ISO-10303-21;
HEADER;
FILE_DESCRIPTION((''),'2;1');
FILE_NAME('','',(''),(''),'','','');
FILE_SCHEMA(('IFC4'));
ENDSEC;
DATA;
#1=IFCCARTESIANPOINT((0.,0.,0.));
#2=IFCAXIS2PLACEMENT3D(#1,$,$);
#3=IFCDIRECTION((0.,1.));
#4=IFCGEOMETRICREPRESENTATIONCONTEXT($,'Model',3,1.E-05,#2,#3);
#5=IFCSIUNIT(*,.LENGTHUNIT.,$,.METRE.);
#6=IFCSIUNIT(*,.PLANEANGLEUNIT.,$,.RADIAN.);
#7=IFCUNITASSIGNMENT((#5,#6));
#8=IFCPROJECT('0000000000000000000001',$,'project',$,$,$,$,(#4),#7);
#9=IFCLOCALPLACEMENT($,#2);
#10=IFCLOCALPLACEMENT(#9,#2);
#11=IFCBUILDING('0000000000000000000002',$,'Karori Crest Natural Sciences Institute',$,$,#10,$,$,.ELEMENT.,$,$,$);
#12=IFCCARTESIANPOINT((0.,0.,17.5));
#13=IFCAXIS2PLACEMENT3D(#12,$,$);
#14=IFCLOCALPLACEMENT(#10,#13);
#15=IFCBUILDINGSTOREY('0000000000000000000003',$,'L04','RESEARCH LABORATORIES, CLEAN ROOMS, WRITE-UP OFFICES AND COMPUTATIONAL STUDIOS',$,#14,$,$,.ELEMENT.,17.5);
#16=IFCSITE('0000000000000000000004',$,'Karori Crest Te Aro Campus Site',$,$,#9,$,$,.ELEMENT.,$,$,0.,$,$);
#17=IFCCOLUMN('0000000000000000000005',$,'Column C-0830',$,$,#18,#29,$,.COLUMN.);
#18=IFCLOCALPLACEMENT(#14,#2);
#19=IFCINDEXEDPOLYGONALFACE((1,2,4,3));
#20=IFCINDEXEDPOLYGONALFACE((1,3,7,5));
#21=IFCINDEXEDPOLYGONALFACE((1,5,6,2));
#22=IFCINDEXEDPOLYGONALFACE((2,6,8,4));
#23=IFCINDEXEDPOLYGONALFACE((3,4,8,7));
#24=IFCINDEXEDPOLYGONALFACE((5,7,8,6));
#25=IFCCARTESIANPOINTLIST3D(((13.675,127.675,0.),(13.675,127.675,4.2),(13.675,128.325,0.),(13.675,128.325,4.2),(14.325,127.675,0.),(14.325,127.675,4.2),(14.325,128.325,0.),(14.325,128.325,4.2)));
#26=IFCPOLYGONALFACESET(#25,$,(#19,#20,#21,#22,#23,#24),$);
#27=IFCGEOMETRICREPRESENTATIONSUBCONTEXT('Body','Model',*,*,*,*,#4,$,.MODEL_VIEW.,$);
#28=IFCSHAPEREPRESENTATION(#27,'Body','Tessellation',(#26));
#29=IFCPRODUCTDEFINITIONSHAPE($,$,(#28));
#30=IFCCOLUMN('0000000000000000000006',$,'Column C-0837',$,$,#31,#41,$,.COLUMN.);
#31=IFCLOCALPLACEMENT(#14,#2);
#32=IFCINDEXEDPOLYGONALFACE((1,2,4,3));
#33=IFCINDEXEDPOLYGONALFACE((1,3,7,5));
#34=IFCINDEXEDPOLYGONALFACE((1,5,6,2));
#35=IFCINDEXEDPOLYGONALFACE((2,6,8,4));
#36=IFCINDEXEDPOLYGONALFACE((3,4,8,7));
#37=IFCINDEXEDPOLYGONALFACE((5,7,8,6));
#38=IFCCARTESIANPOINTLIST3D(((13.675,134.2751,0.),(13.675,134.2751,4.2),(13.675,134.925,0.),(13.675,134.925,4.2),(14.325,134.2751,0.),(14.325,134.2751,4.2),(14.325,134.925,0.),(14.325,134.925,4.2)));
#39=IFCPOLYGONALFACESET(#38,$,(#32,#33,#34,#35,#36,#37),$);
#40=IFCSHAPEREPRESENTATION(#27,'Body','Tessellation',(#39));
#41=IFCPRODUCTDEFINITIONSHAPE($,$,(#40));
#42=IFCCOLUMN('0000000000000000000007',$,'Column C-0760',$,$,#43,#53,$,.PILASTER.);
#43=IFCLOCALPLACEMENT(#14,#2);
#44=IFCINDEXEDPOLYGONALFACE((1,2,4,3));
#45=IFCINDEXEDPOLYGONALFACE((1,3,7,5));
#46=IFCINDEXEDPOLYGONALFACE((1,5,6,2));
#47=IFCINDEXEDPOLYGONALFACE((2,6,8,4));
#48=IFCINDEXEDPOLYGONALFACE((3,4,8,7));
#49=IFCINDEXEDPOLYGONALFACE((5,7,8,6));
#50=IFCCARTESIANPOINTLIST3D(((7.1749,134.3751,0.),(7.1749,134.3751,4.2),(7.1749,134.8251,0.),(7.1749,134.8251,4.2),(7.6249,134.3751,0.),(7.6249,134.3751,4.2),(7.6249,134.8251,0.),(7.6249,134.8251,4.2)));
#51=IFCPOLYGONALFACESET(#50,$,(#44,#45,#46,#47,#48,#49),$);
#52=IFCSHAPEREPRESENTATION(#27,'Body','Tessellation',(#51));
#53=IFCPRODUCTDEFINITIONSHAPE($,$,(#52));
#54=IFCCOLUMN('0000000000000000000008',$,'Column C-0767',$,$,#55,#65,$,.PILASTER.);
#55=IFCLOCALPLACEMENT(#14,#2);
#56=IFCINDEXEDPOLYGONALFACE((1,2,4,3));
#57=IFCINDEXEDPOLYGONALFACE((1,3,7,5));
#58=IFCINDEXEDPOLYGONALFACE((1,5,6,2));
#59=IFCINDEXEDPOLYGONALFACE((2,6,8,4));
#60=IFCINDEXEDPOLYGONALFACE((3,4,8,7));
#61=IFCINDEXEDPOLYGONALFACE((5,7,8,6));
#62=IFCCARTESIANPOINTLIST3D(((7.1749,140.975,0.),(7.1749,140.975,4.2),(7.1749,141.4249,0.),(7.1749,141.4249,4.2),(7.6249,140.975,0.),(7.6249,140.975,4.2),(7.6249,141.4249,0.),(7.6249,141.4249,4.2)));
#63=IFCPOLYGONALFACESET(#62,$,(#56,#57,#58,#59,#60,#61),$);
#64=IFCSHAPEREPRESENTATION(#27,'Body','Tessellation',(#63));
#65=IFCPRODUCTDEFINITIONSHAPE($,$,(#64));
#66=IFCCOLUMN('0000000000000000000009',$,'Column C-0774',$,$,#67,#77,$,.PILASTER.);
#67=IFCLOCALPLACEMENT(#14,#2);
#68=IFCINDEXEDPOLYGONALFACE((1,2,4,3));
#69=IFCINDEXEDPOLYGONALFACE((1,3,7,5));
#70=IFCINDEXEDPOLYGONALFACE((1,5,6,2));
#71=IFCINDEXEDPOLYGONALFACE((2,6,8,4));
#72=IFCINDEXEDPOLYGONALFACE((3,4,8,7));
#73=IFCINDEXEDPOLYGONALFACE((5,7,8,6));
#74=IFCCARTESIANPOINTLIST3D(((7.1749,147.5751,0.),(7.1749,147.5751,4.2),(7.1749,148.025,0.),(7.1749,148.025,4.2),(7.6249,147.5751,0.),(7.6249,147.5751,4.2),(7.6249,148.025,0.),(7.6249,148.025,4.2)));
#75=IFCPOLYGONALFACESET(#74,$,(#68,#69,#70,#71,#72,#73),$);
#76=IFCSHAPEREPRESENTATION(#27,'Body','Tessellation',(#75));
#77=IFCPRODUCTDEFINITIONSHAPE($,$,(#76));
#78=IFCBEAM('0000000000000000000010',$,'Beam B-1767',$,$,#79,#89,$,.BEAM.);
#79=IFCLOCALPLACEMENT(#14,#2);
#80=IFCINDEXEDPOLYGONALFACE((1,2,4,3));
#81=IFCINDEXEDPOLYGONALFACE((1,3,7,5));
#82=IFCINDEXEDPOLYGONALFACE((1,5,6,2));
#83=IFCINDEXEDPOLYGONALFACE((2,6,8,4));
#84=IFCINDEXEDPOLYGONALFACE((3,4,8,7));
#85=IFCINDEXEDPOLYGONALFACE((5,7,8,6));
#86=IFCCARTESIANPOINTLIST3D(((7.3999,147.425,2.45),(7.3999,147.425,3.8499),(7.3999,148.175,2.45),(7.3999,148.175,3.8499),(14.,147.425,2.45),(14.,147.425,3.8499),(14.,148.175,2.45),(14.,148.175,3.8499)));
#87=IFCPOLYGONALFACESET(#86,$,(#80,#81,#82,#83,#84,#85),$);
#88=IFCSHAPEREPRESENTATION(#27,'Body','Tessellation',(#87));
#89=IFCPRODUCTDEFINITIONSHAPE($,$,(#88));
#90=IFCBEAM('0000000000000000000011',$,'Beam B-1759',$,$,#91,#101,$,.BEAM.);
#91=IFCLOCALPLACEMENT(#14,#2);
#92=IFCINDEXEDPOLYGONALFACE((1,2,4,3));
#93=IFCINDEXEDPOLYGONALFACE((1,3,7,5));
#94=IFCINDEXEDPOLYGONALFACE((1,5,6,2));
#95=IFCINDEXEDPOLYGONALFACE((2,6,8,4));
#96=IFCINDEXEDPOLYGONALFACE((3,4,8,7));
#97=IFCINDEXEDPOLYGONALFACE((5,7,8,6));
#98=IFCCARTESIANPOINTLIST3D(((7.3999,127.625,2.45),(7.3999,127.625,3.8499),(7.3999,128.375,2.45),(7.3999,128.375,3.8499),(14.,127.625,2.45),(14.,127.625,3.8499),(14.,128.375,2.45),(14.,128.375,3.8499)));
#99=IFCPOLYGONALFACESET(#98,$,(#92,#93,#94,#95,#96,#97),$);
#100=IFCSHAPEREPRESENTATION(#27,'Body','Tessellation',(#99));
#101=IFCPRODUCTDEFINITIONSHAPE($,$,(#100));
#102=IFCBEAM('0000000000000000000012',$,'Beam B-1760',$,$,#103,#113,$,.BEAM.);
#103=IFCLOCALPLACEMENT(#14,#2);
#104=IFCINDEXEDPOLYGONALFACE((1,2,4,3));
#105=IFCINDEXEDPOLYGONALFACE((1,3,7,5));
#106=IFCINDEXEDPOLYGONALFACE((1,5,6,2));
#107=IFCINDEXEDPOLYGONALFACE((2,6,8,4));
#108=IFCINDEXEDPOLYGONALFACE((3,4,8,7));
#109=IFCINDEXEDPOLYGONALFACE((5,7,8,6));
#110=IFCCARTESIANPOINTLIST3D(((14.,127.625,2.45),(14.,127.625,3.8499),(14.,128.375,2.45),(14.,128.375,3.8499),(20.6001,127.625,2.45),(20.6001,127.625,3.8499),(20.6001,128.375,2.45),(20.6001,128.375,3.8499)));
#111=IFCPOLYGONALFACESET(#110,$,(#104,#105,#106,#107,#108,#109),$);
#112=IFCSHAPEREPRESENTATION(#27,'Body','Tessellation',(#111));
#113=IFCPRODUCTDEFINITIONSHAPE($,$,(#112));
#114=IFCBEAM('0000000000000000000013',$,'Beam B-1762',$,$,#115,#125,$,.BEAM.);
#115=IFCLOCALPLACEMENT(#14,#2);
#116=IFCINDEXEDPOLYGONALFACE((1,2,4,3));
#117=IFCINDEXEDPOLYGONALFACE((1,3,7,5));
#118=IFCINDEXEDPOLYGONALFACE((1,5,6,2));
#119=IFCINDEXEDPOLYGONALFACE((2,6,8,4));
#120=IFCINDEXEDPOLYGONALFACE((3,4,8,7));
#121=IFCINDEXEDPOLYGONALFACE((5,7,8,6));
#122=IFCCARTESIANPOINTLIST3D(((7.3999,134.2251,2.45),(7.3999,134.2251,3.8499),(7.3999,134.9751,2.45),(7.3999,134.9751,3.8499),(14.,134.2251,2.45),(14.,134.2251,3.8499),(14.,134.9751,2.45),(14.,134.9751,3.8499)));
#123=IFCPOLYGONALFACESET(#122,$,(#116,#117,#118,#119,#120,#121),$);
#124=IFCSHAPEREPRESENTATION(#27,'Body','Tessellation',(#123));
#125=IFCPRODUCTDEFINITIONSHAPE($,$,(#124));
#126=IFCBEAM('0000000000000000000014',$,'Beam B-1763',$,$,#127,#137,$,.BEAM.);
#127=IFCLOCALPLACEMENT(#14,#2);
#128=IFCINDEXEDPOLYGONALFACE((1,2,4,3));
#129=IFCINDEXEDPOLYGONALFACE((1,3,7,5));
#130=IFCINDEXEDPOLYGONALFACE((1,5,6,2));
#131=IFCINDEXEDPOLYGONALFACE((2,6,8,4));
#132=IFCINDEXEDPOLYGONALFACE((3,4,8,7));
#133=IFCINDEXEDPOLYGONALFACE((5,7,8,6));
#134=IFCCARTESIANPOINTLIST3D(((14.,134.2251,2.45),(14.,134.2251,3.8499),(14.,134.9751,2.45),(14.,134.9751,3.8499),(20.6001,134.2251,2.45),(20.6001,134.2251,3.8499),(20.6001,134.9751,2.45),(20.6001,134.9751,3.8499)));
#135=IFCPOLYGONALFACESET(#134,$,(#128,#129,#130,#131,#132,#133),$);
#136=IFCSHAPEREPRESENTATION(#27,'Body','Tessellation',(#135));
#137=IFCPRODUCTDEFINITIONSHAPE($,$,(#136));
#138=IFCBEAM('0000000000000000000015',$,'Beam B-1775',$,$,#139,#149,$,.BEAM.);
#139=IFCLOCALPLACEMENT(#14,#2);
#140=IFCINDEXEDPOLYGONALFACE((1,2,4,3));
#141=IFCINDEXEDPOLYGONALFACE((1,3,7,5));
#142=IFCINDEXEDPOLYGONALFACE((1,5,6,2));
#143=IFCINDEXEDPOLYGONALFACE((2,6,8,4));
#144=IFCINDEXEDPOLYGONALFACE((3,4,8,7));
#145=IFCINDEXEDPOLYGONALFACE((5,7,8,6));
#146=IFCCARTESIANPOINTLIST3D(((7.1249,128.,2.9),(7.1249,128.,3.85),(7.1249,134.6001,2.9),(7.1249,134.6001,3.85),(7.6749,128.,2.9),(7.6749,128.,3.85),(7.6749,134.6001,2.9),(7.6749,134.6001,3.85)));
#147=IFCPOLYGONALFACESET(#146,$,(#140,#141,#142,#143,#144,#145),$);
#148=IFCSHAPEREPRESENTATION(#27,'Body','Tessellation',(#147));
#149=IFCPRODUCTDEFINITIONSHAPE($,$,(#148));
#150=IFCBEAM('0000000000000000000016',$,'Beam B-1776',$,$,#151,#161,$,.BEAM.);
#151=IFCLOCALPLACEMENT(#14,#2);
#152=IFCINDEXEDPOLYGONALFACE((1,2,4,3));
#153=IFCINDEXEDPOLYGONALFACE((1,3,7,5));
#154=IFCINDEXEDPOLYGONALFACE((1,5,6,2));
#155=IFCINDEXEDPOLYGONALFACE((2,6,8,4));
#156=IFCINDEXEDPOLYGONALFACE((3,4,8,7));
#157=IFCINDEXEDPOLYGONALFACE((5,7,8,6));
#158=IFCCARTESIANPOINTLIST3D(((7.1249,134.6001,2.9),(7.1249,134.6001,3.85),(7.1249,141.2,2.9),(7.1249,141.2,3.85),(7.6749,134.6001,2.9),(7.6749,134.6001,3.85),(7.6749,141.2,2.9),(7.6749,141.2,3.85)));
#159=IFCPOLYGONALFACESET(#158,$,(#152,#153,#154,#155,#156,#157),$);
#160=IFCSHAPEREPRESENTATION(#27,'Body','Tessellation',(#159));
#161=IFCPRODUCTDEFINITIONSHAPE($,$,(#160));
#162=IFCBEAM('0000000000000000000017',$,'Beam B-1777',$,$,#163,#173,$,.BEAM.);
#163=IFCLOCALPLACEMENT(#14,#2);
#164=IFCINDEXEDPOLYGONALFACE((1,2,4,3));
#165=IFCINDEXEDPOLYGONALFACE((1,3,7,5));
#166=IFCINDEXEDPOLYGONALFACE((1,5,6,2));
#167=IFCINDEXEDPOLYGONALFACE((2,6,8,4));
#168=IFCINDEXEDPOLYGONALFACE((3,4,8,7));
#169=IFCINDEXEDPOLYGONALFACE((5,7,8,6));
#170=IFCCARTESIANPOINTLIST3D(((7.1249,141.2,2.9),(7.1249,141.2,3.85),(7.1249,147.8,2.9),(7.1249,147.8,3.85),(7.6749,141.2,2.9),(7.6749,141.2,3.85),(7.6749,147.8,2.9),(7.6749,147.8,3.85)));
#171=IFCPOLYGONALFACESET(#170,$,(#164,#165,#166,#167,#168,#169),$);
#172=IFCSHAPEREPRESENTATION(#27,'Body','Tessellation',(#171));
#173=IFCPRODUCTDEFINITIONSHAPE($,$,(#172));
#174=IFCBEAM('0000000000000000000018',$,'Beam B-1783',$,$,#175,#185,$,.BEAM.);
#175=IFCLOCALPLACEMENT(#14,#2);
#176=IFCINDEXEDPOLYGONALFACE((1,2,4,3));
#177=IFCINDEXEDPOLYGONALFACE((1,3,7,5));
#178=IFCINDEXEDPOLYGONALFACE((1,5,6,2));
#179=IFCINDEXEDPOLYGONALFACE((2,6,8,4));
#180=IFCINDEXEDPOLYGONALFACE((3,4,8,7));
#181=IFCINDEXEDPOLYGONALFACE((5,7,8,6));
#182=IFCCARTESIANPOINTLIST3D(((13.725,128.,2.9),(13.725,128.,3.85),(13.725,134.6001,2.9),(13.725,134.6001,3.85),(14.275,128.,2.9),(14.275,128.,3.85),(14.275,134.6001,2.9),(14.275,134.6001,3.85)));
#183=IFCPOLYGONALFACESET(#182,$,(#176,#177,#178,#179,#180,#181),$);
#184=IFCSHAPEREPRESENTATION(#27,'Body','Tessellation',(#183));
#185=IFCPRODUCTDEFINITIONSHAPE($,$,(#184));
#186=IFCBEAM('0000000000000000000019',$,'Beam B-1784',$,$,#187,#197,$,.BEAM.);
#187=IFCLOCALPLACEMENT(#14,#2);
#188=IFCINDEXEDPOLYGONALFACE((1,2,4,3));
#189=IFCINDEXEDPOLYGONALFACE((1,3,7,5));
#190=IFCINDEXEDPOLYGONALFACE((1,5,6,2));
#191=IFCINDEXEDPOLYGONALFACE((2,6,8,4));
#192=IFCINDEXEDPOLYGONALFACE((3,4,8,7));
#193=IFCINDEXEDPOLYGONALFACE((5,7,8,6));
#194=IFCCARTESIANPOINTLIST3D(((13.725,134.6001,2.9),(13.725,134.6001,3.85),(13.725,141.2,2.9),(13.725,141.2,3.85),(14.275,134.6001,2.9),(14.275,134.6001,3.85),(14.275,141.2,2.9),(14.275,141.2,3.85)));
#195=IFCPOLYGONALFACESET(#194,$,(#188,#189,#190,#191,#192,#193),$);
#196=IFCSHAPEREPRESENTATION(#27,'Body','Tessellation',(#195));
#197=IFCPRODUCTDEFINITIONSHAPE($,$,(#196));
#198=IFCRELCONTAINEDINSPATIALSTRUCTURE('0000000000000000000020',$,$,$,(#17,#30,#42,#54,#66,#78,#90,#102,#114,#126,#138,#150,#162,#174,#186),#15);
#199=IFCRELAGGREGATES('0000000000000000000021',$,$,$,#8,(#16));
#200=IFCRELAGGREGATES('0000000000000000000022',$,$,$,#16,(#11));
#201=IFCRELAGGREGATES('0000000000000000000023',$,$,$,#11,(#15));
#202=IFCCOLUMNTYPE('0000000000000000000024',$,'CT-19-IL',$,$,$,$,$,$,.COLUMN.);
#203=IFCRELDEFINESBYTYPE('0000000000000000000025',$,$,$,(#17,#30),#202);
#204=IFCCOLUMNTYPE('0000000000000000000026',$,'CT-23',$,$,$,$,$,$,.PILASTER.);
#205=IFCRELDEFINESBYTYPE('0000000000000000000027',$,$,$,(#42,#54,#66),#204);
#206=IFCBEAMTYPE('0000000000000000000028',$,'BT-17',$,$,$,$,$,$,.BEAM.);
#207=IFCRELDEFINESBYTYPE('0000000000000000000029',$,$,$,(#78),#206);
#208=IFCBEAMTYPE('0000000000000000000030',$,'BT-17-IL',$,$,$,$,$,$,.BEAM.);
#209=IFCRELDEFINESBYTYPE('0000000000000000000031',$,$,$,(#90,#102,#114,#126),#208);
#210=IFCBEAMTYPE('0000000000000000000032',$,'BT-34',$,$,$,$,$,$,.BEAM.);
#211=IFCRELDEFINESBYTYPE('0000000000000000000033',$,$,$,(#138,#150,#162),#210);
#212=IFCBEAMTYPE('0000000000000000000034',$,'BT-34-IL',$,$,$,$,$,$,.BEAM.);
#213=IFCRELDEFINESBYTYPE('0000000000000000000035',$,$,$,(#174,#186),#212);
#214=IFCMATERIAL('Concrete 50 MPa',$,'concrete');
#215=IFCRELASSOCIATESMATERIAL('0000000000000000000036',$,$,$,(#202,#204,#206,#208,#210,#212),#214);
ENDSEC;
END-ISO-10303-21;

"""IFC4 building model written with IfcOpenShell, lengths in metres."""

from ifc_helpers import new_model, si_unit, direction, frame, origin, origin_2d, place, context, subcontext, project, spatial, rectangle, extrude, material, material_profile, profile_set, type_object, element, save


model = new_model("IFC4")

# Units and contexts
model_context = context("Model", 3, precision=1e-05, world=origin(), true_north=direction((0.0, 1.0)))
body_context = subcontext(model_context, "Body", "Model", "MODEL_VIEW")
ifc_project = project(units=[si_unit("LENGTHUNIT", "METRE"), si_unit("PLANEANGLEUNIT", "RADIAN")], contexts=[model_context])

# Site, building, storey
site_placement = place(None, origin())
site = spatial("IfcSite", under=ifc_project, at=site_placement, Name="Karori Crest Te Aro Campus Site", CompositionType="ELEMENT", RefElevation=0.0)
building_placement = place(site_placement, origin())
building = spatial("IfcBuilding", under=site, at=building_placement, Name="Karori Crest Natural Sciences Institute", CompositionType="ELEMENT")
storey_placement = place(building_placement, frame((0.0, 0.0, 17.5)))
storey = spatial("IfcBuildingStorey", under=building, at=storey_placement, Name="L04", Description="RESEARCH LABORATORIES, CLEAN ROOMS, WRITE-UP OFFICES AND COMPUTATIONAL STUDIOS", CompositionType="ELEMENT", Elevation=17.5)

# Columns
ifc_material_1 = material(Name="Concrete 50 MPa", Category="concrete")
ifc_material_profile_1 = material_profile(ifc_material_1, rectangle(XDim=0.6499, YDim=0.6499, at=origin_2d()), Name="RC650x650")
ifc_profile_set_1 = profile_set([ifc_material_profile_1], Name="Concrete 50 MPa")
column_type_1 = type_object("IfcColumnType", Name="CT-19-IL", PredefinedType="COLUMN", material=ifc_profile_set_1)
for number, where, z_axis, x_axis, name in (
    (1, (14.0, 128.0, 0.0), (0.0, 0.0, 1.0), (1.0, 0.0, 0.0), "Column C-0830"),
    (2, (14.0, 134.6001, 0.0), (0.0, 0.0, 1.0), (1.0, 0.0, 0.0), "Column C-0837"),
):
    element("IfcColumn", number, at=place(storey_placement, frame(where, z_axis=z_axis, x_axis=x_axis)), inside=storey, type_object=column_type_1, Name=name, PredefinedType="COLUMN", context=body_context, shape_type="SweptSolid", body=[
        extrude(rectangle(XDim=0.6499, YDim=0.6499, at=origin_2d()), origin(), (0.0, 0.0, 1.0), 4.2),
    ])
ifc_material_profile_2 = material_profile(ifc_material_1, rectangle(XDim=0.45, YDim=0.45, at=origin_2d()), Name="RC450x450")
ifc_profile_set_2 = profile_set([ifc_material_profile_2], Name="Concrete 50 MPa")
column_type_2 = type_object("IfcColumnType", Name="CT-23", PredefinedType="PILASTER", material=ifc_profile_set_2)
for number, where, z_axis, x_axis, name in (
    (3, (7.3999, 134.6001, 0.0), (0.0, 0.0, 1.0), (1.0, 0.0, 0.0), "Column C-0760"),
    (4, (7.3999, 141.2, 0.0), (0.0, 0.0, 1.0), (1.0, 0.0, 0.0), "Column C-0767"),
    (5, (7.3999, 147.8, 0.0), (0.0, 0.0, 1.0), (1.0, 0.0, 0.0), "Column C-0774"),
):
    element("IfcColumn", number, at=place(storey_placement, frame(where, z_axis=z_axis, x_axis=x_axis)), inside=storey, type_object=column_type_2, Name=name, PredefinedType="PILASTER", context=body_context, shape_type="SweptSolid", body=[
        extrude(rectangle(XDim=0.45, YDim=0.45, at=origin_2d()), origin(), (0.0, 0.0, 1.0), 4.2),
    ])

# Beams
ifc_material_profile_3 = material_profile(ifc_material_1, rectangle(XDim=0.75, YDim=1.3999, at=origin_2d()), Name="RCB750x1400")
ifc_profile_set_3 = profile_set([ifc_material_profile_3], Name="Concrete 50 MPa")
beam_type_1 = type_object("IfcBeamType", Name="BT-17", PredefinedType="BEAM", material=ifc_profile_set_3)
beam_1_placement = place(storey_placement, frame((7.3999, 147.8, 3.1499), z_axis=(1.0, 0.0, 0.0), x_axis=(0.0, 1.0, 0.0)))
element("IfcBeam", 6, at=beam_1_placement, inside=storey, type_object=beam_type_1, Name="Beam B-1767", PredefinedType="BEAM", context=body_context, shape_type="SweptSolid", body=[
    extrude(rectangle(XDim=0.75, YDim=1.3999, at=origin_2d()), origin(), (0.0, 0.0, 1.0), 6.6001),
])
ifc_material_profile_4 = material_profile(ifc_material_1, rectangle(XDim=0.75, YDim=1.3999, at=origin_2d()), Name="RCB750x1400")
ifc_profile_set_4 = profile_set([ifc_material_profile_4], Name="Concrete 50 MPa")
beam_type_2 = type_object("IfcBeamType", Name="BT-17-IL", PredefinedType="BEAM", material=ifc_profile_set_4)
for number, where, z_axis, x_axis, name in (
    (7, (7.3999, 128.0, 3.1499), (1.0, 0.0, 0.0), (0.0, 1.0, 0.0), "Beam B-1759"),
    (8, (14.0, 128.0, 3.1499), (1.0, 0.0, 0.0), (0.0, 1.0, 0.0), "Beam B-1760"),
    (9, (7.3999, 134.6001, 3.1499), (1.0, 0.0, 0.0), (0.0, 1.0, 0.0), "Beam B-1762"),
    (10, (14.0, 134.6001, 3.1499), (1.0, 0.0, 0.0), (0.0, 1.0, 0.0), "Beam B-1763"),
):
    element("IfcBeam", number, at=place(storey_placement, frame(where, z_axis=z_axis, x_axis=x_axis)), inside=storey, type_object=beam_type_2, Name=name, PredefinedType="BEAM", context=body_context, shape_type="SweptSolid", body=[
        extrude(rectangle(XDim=0.75, YDim=1.3999, at=origin_2d()), origin(), (0.0, 0.0, 1.0), 6.6001),
    ])
ifc_material_profile_5 = material_profile(ifc_material_1, rectangle(XDim=0.55, YDim=0.95, at=origin_2d()), Name="RCB550x950")
ifc_profile_set_5 = profile_set([ifc_material_profile_5], Name="Concrete 50 MPa")
beam_type_3 = type_object("IfcBeamType", Name="BT-34", PredefinedType="BEAM", material=ifc_profile_set_5)
beam_2_placement = place(storey_placement, frame((7.3999, 128.0, 3.375), z_axis=(0.0, 1.0, 0.0), x_axis=(-1.0, 0.0, 0.0)))
element("IfcBeam", 11, at=beam_2_placement, inside=storey, type_object=beam_type_3, Name="Beam B-1775", PredefinedType="BEAM", context=body_context, shape_type="SweptSolid", body=[
    extrude(rectangle(XDim=0.55, YDim=0.95, at=origin_2d()), origin(), (0.0, 0.0, 1.0), 6.6001),
])
beam_3_placement = place(storey_placement, frame((7.3999, 134.6001, 3.375), z_axis=(0.0, 1.0, 0.0), x_axis=(-1.0, 0.0, 0.0)))
element("IfcBeam", 12, at=beam_3_placement, inside=storey, type_object=beam_type_3, Name="Beam B-1776", PredefinedType="BEAM", context=body_context, shape_type="SweptSolid", body=[
    extrude(rectangle(XDim=0.55, YDim=0.95, at=origin_2d()), origin(), (0.0, 0.0, 1.0), 6.5999),
])
beam_4_placement = place(storey_placement, frame((7.3999, 141.2, 3.375), z_axis=(0.0, 1.0, 0.0), x_axis=(-1.0, 0.0, 0.0)))
element("IfcBeam", 13, at=beam_4_placement, inside=storey, type_object=beam_type_3, Name="Beam B-1777", PredefinedType="BEAM", context=body_context, shape_type="SweptSolid", body=[
    extrude(rectangle(XDim=0.55, YDim=0.95, at=origin_2d()), origin(), (0.0, 0.0, 1.0), 6.6001),
])
ifc_material_profile_6 = material_profile(ifc_material_1, rectangle(XDim=0.55, YDim=0.95, at=origin_2d()), Name="RCB550x950")
ifc_profile_set_6 = profile_set([ifc_material_profile_6], Name="Concrete 50 MPa")
beam_type_4 = type_object("IfcBeamType", Name="BT-34-IL", PredefinedType="BEAM", material=ifc_profile_set_6)
beam_5_placement = place(storey_placement, frame((14.0, 128.0, 3.375), z_axis=(0.0, 1.0, 0.0), x_axis=(-1.0, 0.0, 0.0)))
element("IfcBeam", 14, at=beam_5_placement, inside=storey, type_object=beam_type_4, Name="Beam B-1783", PredefinedType="BEAM", context=body_context, shape_type="SweptSolid", body=[
    extrude(rectangle(XDim=0.55, YDim=0.95, at=origin_2d()), origin(), (0.0, 0.0, 1.0), 6.6001),
])
beam_6_placement = place(storey_placement, frame((14.0, 134.6001, 3.375), z_axis=(0.0, 1.0, 0.0), x_axis=(-1.0, 0.0, 0.0)))
element("IfcBeam", 15, at=beam_6_placement, inside=storey, type_object=beam_type_4, Name="Beam B-1784", PredefinedType="BEAM", context=body_context, shape_type="SweptSolid", body=[
    extrude(rectangle(XDim=0.55, YDim=0.95, at=origin_2d()), origin(), (0.0, 0.0, 1.0), 6.5999),
])

save(model, "model.ifc")
